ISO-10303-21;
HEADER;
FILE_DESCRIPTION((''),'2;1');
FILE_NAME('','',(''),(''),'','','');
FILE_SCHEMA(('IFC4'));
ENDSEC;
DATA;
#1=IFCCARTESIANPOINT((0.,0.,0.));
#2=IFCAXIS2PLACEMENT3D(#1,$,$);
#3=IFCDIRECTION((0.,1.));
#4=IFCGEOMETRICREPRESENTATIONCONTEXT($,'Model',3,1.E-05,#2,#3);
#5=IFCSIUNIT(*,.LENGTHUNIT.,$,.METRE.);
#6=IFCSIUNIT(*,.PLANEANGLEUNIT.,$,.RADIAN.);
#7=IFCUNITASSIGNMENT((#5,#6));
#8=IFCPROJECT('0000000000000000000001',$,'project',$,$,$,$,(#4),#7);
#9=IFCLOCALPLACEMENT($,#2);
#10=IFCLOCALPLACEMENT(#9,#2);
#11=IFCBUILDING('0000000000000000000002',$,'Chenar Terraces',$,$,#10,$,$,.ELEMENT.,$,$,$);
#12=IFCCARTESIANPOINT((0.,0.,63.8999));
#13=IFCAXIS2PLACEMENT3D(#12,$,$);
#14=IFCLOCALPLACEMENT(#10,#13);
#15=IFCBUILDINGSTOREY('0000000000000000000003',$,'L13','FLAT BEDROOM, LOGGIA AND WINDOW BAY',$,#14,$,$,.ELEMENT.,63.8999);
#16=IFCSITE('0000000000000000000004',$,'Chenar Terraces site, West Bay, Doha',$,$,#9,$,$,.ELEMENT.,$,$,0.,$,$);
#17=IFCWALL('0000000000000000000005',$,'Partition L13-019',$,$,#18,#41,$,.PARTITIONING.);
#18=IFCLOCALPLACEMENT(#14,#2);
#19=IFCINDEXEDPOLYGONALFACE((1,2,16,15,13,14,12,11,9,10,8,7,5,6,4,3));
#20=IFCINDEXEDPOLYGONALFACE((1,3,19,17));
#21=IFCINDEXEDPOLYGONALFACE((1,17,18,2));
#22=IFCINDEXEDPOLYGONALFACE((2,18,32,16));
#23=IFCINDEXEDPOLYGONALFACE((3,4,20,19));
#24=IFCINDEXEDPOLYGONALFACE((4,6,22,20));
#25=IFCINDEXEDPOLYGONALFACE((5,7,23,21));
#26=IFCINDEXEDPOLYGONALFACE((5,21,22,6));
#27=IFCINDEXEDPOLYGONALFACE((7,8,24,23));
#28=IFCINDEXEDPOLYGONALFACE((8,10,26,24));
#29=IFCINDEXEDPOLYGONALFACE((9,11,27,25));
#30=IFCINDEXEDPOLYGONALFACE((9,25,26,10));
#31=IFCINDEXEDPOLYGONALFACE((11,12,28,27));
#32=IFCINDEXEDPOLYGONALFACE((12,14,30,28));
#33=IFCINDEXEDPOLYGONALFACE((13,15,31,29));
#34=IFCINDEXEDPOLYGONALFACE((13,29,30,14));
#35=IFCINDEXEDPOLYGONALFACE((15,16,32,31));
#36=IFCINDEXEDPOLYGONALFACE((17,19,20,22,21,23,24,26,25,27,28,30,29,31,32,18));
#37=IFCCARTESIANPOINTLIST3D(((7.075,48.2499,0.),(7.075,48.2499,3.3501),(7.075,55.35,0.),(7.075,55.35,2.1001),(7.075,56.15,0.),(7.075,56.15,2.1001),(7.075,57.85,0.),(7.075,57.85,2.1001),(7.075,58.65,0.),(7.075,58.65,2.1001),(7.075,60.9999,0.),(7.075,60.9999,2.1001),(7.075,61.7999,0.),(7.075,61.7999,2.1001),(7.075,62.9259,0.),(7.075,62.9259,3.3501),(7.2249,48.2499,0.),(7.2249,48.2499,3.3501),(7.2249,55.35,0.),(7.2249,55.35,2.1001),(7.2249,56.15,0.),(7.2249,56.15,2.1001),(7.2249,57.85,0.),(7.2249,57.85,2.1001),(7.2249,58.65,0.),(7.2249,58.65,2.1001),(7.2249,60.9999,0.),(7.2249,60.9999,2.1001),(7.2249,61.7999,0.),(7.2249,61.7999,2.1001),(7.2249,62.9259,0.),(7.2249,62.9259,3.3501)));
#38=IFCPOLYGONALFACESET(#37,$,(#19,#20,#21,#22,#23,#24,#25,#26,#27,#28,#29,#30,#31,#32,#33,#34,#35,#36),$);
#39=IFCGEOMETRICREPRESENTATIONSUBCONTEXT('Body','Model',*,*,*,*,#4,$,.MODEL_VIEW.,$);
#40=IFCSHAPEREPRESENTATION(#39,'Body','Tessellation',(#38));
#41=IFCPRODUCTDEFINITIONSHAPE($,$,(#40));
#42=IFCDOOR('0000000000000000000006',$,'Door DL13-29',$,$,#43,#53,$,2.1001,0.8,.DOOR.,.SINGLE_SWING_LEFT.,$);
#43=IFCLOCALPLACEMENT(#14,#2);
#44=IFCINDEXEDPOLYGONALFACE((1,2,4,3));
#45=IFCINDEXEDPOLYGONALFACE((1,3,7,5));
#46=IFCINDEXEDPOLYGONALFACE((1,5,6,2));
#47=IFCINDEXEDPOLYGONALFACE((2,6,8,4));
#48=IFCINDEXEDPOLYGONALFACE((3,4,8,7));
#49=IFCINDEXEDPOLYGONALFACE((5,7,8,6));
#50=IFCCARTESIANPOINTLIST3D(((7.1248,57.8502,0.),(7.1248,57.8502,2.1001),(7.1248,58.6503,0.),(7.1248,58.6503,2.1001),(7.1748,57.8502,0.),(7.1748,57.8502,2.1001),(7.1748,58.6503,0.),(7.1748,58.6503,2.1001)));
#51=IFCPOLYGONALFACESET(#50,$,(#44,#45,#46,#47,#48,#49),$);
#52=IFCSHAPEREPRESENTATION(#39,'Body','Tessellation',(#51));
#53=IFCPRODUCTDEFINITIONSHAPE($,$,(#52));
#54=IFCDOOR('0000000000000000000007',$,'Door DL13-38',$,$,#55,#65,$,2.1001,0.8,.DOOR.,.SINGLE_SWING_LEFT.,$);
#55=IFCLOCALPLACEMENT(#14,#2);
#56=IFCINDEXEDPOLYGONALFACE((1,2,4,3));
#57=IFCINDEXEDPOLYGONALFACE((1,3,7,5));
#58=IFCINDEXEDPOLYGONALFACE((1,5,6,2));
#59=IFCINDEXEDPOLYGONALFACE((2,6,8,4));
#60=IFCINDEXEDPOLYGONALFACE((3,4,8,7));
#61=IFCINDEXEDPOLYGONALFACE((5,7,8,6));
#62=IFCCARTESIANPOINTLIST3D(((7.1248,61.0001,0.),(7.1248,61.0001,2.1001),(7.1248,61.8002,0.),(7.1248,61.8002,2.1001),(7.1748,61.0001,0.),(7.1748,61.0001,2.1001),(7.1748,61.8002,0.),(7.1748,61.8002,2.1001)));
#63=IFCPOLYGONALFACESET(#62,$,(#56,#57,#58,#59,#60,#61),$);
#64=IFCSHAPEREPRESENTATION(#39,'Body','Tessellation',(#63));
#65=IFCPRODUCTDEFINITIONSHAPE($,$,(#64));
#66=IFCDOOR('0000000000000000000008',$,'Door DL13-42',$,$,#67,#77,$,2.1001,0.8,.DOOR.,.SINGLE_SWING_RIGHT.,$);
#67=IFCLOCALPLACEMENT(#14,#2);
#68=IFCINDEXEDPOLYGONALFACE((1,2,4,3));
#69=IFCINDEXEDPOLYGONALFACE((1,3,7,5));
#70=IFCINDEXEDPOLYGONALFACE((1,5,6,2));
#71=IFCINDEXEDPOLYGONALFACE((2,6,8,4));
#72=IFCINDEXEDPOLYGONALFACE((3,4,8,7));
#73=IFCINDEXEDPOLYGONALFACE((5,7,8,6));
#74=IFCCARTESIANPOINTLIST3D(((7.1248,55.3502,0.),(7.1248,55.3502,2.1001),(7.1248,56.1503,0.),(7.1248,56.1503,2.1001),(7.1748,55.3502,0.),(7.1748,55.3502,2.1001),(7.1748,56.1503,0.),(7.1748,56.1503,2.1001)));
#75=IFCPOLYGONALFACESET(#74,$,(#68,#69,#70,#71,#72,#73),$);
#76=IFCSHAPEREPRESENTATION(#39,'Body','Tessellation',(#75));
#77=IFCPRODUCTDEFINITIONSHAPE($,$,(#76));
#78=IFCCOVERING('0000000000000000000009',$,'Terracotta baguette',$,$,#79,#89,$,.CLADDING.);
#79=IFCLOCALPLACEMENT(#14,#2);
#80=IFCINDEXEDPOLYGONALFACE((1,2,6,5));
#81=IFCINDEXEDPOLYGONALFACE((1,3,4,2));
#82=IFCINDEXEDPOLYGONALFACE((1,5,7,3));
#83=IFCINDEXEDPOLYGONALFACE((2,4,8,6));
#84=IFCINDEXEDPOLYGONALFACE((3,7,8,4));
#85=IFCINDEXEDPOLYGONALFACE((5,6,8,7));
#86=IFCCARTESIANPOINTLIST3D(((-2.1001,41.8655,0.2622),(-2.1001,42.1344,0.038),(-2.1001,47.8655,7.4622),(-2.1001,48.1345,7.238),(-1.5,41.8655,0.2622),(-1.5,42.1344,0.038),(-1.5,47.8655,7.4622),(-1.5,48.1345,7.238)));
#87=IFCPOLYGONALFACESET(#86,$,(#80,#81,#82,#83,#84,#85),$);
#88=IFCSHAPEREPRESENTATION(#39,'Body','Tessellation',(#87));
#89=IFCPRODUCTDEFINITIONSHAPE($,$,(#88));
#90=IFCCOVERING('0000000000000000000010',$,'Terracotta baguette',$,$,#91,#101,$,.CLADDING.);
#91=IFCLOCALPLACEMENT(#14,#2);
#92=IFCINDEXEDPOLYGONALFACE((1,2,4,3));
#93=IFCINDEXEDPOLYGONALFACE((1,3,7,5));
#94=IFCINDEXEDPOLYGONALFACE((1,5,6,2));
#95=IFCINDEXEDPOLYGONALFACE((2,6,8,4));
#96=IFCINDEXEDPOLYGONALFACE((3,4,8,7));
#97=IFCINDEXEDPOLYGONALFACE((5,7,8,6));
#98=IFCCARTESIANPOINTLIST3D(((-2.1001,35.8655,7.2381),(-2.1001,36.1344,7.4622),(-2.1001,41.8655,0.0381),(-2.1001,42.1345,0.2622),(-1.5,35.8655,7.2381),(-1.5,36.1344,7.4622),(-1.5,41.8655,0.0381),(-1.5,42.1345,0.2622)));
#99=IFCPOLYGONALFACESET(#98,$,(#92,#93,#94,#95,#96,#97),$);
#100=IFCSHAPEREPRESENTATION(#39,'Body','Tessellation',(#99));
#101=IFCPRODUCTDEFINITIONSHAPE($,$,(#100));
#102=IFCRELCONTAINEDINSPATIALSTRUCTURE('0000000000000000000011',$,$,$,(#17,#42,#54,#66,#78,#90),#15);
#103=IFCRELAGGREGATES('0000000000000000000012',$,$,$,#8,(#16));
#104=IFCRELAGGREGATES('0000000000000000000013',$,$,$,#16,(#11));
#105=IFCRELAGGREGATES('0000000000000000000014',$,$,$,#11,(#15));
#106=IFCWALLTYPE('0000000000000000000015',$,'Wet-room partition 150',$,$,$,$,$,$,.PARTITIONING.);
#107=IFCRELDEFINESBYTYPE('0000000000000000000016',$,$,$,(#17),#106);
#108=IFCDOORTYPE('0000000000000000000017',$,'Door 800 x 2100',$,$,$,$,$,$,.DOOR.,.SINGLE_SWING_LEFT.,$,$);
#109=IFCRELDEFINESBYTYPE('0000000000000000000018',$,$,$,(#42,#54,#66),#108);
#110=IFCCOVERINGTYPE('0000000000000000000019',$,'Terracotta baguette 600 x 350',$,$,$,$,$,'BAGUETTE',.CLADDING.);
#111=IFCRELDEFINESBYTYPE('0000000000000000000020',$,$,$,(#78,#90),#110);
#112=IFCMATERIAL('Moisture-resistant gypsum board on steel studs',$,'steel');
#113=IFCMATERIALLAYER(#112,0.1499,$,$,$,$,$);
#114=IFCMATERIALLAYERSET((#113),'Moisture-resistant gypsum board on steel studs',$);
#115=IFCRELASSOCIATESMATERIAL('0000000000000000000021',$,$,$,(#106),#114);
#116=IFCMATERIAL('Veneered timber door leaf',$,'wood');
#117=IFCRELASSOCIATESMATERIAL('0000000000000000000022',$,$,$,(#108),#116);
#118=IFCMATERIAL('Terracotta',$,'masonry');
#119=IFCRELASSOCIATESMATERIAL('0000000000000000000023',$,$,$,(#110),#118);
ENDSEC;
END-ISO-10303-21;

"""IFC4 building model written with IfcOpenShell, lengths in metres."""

from ifc_helpers import new_model, si_unit, direction, frame, frame_2d, origin, origin_2d, place, context, subcontext, project, spatial, rectangle, extrude, material, layer, layer_set, material_profile, profile_set, type_object, element, fill, save


model = new_model("IFC4")

# Units and contexts
model_context = context("Model", 3, precision=1e-05, world=origin(), true_north=direction((0.0, 1.0)))
body_context = subcontext(model_context, "Body", "Model", "MODEL_VIEW")
ifc_project = project(units=[si_unit("LENGTHUNIT", "METRE"), si_unit("PLANEANGLEUNIT", "RADIAN")], contexts=[model_context])

# Site, building, storey
site_placement = place(None, origin())
site = spatial("IfcSite", under=ifc_project, at=site_placement, Name="Chenar Terraces site, West Bay, Doha", CompositionType="ELEMENT", RefElevation=0.0)
building_placement = place(site_placement, origin())
building = spatial("IfcBuilding", under=site, at=building_placement, Name="Chenar Terraces", CompositionType="ELEMENT")
storey_placement = place(building_placement, frame((0.0, 0.0, 63.8999)))
storey = spatial("IfcBuildingStorey", under=building, at=storey_placement, Name="L13", Description="FLAT BEDROOM, LOGGIA AND WINDOW BAY", CompositionType="ELEMENT", Elevation=63.8999)

# Wall, openings, doors
ifc_material_1 = material(Name="Moisture-resistant gypsum board on steel studs", Category="steel")
ifc_layer_1 = layer(ifc_material_1, 0.1499)
ifc_layer_set_1 = layer_set([ifc_layer_1], Name="Moisture-resistant gypsum board on steel studs")
wall_type_1 = type_object("IfcWallType", Name="Wet-room partition 150", PredefinedType="PARTITIONING", material=ifc_layer_set_1)
wall_1_placement = place(storey_placement, frame((7.1499, 48.25, 0.0), z_axis=(0.0, 0.0, 1.0), x_axis=(0.0, 1.0, 0.0)))
wall_1 = element("IfcWall", 1, at=wall_1_placement, inside=storey, type_object=wall_type_1, Name="Partition L13-019", PredefinedType="PARTITIONING", context=body_context, shape_type="SweptSolid", body=[
    extrude(rectangle(XDim=14.676, YDim=0.1499, at=frame_2d((7.3379, 0.0))), origin(), (0.0, 0.0, 1.0), 3.3501),
])
opening_1_placement = place(wall_1_placement, frame((9.6001, 0.0, 0.0)))
opening_1 = element("IfcOpeningElement", 2, at=opening_1_placement, cuts=wall_1, PredefinedType="OPENING", context=body_context, shape_type="SweptSolid", body=[
    extrude(rectangle(XDim=0.8, YDim=2.1001, at=frame_2d((0.3999, 1.05))), frame((0.0, 0.085, 0.0), z_axis=(0.0, -1.0, 0.0), x_axis=(1.0, 0.0, 0.0)), (0.0, 0.0, 1.0), 0.1699),
])
opening_2_placement = place(wall_1_placement, frame((12.75, 0.0, 0.0)))
opening_2 = element("IfcOpeningElement", 3, at=opening_2_placement, cuts=wall_1, PredefinedType="OPENING", context=body_context, shape_type="SweptSolid", body=[
    extrude(rectangle(XDim=0.8, YDim=2.1001, at=frame_2d((0.3999, 1.05))), frame((0.0, 0.085, 0.0), z_axis=(0.0, -1.0, 0.0), x_axis=(1.0, 0.0, 0.0)), (0.0, 0.0, 1.0), 0.1699),
])
opening_3_placement = place(wall_1_placement, frame((7.1001, 0.0, 0.0)))
opening_3 = element("IfcOpeningElement", 4, at=opening_3_placement, cuts=wall_1, PredefinedType="OPENING", context=body_context, shape_type="SweptSolid", body=[
    extrude(rectangle(XDim=0.8, YDim=2.1001, at=frame_2d((0.3999, 1.05))), frame((0.0, 0.085, 0.0), z_axis=(0.0, -1.0, 0.0), x_axis=(1.0, 0.0, 0.0)), (0.0, 0.0, 1.0), 0.1699),
])
ifc_material_2 = material(Name="Veneered timber door leaf", Category="wood")
door_type = type_object("IfcDoorType", Name="Door 800 x 2100", OperationType="SINGLE_SWING_LEFT", PredefinedType="DOOR", material=ifc_material_2)
door_1_placement = place(opening_1_placement, frame((0.8, 0.0, 0.0), z_axis=(0.0, 0.0, 1.0), x_axis=(-1.0, 0.0, 0.0)))
door_1 = element("IfcDoor", 5, at=door_1_placement, inside=storey, type_object=door_type, Name="Door DL13-29", OperationType="SINGLE_SWING_LEFT", OverallHeight=2.1001, OverallWidth=0.8, PredefinedType="DOOR", context=body_context, shape_type="SweptSolid", body=[
    extrude(rectangle(XDim=0.8, YDim=2.1001, at=frame_2d((0.3999, 1.05))), frame((0.0, 0.0249, 0.0), z_axis=(0.0, -1.0, 0.0), x_axis=(1.0, 0.0, 0.0)), (0.0, 0.0, 1.0), 0.05),
])
fill(opening_1, door_1)
door_2_placement = place(opening_2_placement, frame((0.8, 0.0, 0.0), z_axis=(0.0, 0.0, 1.0), x_axis=(-1.0, 0.0, 0.0)))
door_2 = element("IfcDoor", 6, at=door_2_placement, inside=storey, type_object=door_type, Name="Door DL13-38", OperationType="SINGLE_SWING_LEFT", OverallHeight=2.1001, OverallWidth=0.8, PredefinedType="DOOR", context=body_context, shape_type="SweptSolid", body=[
    extrude(rectangle(XDim=0.8, YDim=2.1001, at=frame_2d((0.3999, 1.05))), frame((0.0, 0.0249, 0.0), z_axis=(0.0, -1.0, 0.0), x_axis=(1.0, 0.0, 0.0)), (0.0, 0.0, 1.0), 0.05),
])
fill(opening_2, door_2)
door_3_placement = place(opening_3_placement, frame((0.8, 0.0, 0.0), z_axis=(0.0, 0.0, 1.0), x_axis=(-1.0, 0.0, 0.0)))
door_3 = element("IfcDoor", 7, at=door_3_placement, inside=storey, type_object=door_type, Name="Door DL13-42", OperationType="SINGLE_SWING_RIGHT", OverallHeight=2.1001, OverallWidth=0.8, PredefinedType="DOOR", context=body_context, shape_type="SweptSolid", body=[
    extrude(rectangle(XDim=0.8, YDim=2.1001, at=frame_2d((0.3999, 1.05))), frame((0.0, 0.0249, 0.0), z_axis=(0.0, -1.0, 0.0), x_axis=(1.0, 0.0, 0.0)), (0.0, 0.0, 1.0), 0.05),
])
fill(opening_3, door_3)

# Coverings
ifc_material_3 = material(Name="Terracotta", Category="masonry")
ifc_material_profile_1 = material_profile(ifc_material_3, rectangle(XDim=0.6001, YDim=0.3501, at=origin_2d()), Name="Terracotta baguette 600 x 350")
ifc_profile_set_1 = profile_set([ifc_material_profile_1], Name="Terracotta")
covering_type = type_object("IfcCoveringType", Name="Terracotta baguette 600 x 350", ElementType="BAGUETTE", PredefinedType="CLADDING", material=ifc_profile_set_1)
for number, where, z_axis, x_axis, name in (
    (8, (-1.8, 48.0, 7.3501), (0.0, -0.640187, -0.768219), (1.0, 0.0, 0.0), "Terracotta baguette"),
    (9, (-1.8, 42.0, 0.1501), (0.0, -0.640187, 0.768219), (1.0, 0.0, 0.0), "Terracotta baguette"),
):
    element("IfcCovering", number, at=place(storey_placement, frame(where, z_axis=z_axis, x_axis=x_axis)), inside=storey, type_object=covering_type, Name=name, PredefinedType="CLADDING", context=body_context, shape_type="SweptSolid", body=[
        extrude(rectangle(XDim=0.6001, YDim=0.3501, at=origin_2d()), origin(), (0.0, 0.0, 1.0), 9.3723),
    ])

save(model, "model.ifc")
